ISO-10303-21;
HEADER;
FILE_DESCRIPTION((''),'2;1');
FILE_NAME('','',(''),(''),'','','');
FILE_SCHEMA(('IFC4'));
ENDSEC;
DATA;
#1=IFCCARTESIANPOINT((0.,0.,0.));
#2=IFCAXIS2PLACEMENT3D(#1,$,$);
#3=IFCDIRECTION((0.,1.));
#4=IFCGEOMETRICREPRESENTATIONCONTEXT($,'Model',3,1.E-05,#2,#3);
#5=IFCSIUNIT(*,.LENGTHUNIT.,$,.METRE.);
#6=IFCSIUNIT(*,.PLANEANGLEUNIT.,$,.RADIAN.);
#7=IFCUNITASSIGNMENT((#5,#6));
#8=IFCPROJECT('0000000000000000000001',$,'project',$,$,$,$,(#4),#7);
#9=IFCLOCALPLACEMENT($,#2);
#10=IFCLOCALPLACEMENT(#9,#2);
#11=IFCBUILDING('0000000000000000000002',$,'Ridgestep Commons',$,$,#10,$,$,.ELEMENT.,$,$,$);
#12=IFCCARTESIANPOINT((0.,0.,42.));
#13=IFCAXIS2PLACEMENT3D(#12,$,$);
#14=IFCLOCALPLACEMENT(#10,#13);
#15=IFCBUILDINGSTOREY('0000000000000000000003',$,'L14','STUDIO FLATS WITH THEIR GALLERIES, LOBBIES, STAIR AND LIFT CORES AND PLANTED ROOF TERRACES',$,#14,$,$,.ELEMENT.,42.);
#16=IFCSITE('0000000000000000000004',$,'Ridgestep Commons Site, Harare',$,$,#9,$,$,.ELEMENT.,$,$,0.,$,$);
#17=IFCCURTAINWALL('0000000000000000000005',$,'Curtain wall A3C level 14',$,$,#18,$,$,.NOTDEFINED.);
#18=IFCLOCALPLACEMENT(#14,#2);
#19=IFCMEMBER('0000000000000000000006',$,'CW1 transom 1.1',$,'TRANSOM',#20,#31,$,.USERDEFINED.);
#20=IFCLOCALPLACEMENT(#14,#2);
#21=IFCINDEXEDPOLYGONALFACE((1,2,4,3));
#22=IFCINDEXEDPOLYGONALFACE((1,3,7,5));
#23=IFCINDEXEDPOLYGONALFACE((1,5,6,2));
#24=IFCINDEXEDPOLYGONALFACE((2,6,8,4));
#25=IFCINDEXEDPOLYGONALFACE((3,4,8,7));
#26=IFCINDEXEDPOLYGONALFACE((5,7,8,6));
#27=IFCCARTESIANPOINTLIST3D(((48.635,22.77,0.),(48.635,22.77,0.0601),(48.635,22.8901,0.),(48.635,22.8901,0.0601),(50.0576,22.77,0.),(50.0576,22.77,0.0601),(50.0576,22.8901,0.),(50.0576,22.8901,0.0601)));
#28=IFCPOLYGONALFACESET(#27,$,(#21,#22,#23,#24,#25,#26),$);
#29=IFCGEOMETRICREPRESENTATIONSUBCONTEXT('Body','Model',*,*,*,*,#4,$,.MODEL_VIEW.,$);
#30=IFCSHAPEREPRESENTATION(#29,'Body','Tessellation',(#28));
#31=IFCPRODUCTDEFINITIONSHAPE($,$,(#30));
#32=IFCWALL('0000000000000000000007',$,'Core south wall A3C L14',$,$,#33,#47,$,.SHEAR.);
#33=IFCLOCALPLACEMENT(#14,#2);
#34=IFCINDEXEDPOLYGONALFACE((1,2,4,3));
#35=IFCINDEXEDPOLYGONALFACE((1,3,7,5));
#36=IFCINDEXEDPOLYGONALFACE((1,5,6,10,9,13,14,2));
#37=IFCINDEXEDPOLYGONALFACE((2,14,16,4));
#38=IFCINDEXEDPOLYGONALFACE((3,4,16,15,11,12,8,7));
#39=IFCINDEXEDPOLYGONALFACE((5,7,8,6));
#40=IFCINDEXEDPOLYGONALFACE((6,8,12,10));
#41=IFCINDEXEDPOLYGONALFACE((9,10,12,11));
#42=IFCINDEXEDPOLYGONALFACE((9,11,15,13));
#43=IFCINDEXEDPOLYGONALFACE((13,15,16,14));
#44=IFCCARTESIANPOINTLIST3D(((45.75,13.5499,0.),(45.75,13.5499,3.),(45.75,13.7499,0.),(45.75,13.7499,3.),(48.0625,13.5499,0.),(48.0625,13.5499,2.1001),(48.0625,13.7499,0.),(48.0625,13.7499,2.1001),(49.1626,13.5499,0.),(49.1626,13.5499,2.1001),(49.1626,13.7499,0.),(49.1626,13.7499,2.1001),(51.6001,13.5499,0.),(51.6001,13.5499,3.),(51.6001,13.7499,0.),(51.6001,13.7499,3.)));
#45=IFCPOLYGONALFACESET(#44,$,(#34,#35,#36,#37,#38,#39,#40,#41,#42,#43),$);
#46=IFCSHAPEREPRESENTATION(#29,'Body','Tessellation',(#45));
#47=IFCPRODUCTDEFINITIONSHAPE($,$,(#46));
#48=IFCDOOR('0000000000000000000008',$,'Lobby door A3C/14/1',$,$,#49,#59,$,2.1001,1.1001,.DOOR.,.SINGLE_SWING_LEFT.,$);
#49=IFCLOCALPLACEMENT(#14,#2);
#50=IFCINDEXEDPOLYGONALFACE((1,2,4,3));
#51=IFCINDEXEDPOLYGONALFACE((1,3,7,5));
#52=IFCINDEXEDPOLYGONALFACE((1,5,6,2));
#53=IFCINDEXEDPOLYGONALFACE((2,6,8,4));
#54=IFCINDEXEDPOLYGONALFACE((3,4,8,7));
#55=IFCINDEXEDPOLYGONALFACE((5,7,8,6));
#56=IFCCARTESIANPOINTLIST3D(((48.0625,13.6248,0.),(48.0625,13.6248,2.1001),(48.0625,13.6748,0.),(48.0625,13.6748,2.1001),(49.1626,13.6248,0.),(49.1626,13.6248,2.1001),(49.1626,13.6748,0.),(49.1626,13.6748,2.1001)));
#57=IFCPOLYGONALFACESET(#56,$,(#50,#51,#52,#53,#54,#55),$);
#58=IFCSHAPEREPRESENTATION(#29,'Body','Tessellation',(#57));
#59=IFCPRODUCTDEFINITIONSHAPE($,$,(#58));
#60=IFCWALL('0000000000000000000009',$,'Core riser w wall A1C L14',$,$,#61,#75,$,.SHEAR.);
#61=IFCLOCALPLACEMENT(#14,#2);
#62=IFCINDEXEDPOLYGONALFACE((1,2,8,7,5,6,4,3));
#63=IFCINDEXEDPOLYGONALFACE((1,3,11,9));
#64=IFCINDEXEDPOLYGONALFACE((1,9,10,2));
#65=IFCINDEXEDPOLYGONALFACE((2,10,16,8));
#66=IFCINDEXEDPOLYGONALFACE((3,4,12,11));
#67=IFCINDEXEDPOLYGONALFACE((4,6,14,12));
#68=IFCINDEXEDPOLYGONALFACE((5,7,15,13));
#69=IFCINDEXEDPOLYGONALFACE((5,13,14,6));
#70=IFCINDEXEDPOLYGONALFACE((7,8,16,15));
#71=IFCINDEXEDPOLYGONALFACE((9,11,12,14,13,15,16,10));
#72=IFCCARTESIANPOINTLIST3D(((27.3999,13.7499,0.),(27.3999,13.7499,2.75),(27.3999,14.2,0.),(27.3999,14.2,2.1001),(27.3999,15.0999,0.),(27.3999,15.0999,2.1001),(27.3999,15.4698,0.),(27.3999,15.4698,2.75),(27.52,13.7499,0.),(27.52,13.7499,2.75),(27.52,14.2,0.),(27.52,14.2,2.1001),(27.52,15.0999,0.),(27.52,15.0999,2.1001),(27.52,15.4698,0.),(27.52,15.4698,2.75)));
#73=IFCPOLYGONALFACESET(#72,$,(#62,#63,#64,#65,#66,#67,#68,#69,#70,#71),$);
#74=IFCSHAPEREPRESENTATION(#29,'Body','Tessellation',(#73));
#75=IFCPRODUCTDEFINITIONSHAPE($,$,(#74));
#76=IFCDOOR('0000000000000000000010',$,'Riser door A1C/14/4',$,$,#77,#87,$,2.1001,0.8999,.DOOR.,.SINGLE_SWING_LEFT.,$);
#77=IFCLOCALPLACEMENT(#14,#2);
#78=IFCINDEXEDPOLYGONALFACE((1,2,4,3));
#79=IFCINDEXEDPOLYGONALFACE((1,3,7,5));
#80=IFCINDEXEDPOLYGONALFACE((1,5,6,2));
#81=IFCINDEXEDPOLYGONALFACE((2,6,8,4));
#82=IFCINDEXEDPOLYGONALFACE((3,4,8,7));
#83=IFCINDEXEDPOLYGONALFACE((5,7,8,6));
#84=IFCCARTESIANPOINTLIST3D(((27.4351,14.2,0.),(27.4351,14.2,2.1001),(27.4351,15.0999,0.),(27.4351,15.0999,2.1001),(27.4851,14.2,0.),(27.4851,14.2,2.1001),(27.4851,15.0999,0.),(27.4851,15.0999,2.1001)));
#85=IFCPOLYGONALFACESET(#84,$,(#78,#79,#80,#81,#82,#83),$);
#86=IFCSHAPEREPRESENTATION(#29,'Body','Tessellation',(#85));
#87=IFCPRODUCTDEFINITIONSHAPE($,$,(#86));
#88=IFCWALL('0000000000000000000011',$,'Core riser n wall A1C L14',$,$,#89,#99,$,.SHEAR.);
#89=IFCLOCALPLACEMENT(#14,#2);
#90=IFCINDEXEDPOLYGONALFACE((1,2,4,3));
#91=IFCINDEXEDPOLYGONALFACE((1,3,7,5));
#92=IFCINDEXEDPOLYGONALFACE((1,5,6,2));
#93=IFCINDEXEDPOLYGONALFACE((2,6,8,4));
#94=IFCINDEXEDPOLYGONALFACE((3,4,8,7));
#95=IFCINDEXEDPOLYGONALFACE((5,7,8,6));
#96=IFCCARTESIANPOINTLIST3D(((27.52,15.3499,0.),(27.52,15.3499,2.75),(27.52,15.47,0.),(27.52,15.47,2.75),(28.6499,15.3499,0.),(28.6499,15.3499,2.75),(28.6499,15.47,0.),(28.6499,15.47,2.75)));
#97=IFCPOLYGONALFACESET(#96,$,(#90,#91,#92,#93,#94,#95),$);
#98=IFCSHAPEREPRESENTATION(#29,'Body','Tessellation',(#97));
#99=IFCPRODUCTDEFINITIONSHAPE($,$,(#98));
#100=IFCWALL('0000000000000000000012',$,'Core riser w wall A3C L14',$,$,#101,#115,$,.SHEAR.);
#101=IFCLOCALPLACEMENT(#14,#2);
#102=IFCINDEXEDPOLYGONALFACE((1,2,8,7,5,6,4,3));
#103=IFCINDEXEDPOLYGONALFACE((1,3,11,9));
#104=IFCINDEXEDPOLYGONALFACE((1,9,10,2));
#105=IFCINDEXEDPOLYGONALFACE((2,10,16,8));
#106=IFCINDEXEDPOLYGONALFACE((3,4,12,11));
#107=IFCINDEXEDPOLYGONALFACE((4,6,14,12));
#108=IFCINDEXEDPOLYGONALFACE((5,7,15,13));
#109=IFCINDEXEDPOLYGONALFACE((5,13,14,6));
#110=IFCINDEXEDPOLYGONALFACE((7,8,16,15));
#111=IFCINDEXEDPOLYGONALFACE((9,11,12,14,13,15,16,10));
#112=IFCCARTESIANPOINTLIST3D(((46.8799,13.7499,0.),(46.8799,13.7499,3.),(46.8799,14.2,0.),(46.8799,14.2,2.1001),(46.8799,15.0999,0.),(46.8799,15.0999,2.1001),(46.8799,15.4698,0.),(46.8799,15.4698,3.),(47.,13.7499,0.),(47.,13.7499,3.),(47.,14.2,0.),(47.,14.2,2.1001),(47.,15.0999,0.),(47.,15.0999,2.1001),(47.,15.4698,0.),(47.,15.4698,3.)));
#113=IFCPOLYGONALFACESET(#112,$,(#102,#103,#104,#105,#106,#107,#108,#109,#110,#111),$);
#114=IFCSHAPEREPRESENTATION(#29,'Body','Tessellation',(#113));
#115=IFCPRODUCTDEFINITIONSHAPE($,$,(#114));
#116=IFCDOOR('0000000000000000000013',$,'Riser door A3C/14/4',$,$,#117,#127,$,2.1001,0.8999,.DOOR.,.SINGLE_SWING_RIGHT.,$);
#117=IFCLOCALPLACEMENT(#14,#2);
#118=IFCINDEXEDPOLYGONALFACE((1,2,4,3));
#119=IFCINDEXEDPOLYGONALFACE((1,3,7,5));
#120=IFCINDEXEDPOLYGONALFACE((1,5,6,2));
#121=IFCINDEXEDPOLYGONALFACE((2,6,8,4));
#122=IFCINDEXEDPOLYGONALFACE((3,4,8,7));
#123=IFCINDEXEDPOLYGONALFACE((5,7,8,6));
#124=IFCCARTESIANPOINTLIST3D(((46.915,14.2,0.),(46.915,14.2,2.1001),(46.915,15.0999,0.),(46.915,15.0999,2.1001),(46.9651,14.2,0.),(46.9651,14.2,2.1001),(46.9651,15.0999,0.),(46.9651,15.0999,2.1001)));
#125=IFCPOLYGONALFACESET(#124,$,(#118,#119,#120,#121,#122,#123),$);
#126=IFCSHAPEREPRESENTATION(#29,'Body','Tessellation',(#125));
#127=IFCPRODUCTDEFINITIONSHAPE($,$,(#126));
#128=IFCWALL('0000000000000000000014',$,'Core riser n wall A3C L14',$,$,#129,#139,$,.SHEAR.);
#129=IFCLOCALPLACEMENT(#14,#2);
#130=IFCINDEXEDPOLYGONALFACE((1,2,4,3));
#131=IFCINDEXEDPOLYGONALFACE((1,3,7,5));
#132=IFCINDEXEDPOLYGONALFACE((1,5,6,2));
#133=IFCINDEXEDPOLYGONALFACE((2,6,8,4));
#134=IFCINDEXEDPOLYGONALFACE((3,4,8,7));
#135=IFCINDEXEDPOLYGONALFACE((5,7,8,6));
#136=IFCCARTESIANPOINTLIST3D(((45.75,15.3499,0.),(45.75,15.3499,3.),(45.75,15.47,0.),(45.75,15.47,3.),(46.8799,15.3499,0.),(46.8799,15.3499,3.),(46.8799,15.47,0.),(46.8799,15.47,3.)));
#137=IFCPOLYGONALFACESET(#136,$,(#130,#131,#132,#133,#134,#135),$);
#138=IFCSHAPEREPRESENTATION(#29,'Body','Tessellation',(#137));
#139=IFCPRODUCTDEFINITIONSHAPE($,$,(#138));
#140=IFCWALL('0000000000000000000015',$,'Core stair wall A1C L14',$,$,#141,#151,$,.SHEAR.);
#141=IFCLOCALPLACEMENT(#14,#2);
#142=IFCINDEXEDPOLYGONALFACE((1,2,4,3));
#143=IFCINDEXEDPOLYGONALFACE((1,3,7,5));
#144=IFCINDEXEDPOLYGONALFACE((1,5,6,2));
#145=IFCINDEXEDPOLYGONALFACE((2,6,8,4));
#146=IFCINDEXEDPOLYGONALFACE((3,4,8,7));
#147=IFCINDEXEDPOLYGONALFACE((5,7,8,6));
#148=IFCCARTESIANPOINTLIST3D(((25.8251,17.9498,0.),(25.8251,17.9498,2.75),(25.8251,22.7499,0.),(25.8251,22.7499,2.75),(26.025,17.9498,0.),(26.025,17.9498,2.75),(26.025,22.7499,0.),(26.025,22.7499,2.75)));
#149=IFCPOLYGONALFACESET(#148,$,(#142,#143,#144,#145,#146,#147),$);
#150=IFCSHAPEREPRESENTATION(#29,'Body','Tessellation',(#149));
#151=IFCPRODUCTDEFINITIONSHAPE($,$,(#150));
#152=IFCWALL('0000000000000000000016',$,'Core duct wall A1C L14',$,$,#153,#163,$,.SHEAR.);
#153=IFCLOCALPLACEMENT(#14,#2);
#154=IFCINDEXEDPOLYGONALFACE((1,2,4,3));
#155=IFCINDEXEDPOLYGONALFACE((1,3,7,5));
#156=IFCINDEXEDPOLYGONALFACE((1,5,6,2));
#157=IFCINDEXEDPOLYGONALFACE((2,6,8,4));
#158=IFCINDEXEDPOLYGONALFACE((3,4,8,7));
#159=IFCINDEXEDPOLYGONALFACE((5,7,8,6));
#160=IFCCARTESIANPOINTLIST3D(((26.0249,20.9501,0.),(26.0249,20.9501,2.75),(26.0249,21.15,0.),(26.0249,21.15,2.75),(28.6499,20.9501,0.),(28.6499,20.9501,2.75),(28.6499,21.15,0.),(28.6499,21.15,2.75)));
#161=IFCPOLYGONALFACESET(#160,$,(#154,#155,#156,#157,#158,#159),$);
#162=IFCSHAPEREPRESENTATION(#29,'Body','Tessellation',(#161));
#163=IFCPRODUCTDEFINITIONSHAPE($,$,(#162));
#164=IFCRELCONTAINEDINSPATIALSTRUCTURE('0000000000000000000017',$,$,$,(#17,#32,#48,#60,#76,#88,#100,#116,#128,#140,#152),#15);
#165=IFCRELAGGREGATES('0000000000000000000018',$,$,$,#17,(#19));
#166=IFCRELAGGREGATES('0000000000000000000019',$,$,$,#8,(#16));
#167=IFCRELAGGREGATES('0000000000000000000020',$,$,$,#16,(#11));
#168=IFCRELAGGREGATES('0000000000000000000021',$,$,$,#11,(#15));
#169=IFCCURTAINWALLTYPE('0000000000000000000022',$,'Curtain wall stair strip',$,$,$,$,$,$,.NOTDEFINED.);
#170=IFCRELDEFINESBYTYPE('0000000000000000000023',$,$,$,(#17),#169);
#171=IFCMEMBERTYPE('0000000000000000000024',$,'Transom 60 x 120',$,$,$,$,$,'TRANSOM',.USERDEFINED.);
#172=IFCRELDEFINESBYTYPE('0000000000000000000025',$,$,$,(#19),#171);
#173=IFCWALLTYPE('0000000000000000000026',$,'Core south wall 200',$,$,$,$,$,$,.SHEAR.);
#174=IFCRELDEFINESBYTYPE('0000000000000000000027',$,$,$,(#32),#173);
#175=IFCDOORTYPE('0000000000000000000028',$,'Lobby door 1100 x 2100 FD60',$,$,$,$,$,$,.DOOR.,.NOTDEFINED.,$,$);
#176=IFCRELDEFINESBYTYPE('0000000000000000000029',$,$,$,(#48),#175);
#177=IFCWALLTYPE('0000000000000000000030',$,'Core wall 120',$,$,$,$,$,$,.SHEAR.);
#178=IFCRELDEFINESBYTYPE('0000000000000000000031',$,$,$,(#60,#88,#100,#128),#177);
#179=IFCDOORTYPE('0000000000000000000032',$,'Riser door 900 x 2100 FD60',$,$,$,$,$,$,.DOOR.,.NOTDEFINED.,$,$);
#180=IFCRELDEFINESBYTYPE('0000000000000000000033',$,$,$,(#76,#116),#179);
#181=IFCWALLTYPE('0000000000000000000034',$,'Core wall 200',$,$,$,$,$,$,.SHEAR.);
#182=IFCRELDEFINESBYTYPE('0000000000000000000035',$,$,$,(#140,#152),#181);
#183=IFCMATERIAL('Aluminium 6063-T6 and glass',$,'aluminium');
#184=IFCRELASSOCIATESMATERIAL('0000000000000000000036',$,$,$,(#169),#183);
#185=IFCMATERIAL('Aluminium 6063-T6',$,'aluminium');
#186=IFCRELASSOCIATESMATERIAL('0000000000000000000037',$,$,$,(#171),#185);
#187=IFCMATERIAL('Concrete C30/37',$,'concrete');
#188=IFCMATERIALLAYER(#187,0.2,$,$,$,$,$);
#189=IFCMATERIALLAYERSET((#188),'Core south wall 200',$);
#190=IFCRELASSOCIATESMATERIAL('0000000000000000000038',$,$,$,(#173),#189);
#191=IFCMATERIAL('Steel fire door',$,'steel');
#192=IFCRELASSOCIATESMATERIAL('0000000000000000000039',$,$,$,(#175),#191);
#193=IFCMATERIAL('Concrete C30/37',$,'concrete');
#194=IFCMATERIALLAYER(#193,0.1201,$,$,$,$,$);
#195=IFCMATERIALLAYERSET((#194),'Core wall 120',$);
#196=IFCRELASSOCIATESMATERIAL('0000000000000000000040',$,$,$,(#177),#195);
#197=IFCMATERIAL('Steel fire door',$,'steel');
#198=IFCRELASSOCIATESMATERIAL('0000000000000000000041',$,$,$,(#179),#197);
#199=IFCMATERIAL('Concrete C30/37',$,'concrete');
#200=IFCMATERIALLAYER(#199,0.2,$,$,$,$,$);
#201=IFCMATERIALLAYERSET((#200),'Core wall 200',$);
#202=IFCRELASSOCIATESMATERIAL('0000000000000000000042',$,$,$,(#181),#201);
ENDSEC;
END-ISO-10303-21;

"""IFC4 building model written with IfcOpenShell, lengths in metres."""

from ifc_helpers import new_model, si_unit, direction, frame, frame_2d, origin, origin_2d, place, context, subcontext, project, spatial, rectangle, extrude, material, layer, layer_set, material_profile, profile_set, type_object, element, fill, aggregate, save


model = new_model("IFC4")

# Units and contexts
model_context = context("Model", 3, precision=1e-05, world=origin(), true_north=direction((0.0, 1.0)))
body_context = subcontext(model_context, "Body", "Model", "MODEL_VIEW")
ifc_project = project(units=[si_unit("LENGTHUNIT", "METRE"), si_unit("PLANEANGLEUNIT", "RADIAN")], contexts=[model_context])

# Site, building, storey
site_placement = place(None, origin())
site = spatial("IfcSite", under=ifc_project, at=site_placement, Name="Ridgestep Commons Site, Harare", CompositionType="ELEMENT", RefElevation=0.0)
building_placement = place(site_placement, origin())
building = spatial("IfcBuilding", under=site, at=building_placement, Name="Ridgestep Commons", CompositionType="ELEMENT")
storey_placement = place(building_placement, frame((0.0, 0.0, 42.0)))
storey = spatial("IfcBuildingStorey", under=building, at=storey_placement, Name="L14", Description="STUDIO FLATS WITH THEIR GALLERIES, LOBBIES, STAIR AND LIFT CORES AND PLANTED ROOF TERRACES", CompositionType="ELEMENT", Elevation=42.0)

# Curtain wall, member
ifc_material_1 = material(Name="Aluminium 6063-T6 and glass", Category="aluminium")
curtain_wall_type = type_object("IfcCurtainWallType", Name="Curtain wall stair strip", PredefinedType="NOTDEFINED", material=ifc_material_1)
curtain_wall_placement = place(storey_placement, origin())
curtain_wall = element("IfcCurtainWall", 1, at=curtain_wall_placement, inside=storey, type_object=curtain_wall_type, Name="Curtain wall A3C level 14", PredefinedType="NOTDEFINED")
ifc_material_2 = material(Name="Aluminium 6063-T6", Category="aluminium")
ifc_material_profile_1 = material_profile(ifc_material_2, rectangle(XDim=0.1201, YDim=0.0601, at=origin_2d()), Name="Transom 60 x 120")
ifc_profile_set_1 = profile_set([ifc_material_profile_1], Name="Aluminium 6063-T6")
member_type_1 = type_object("IfcMemberType", Name="Transom 60 x 120", ElementType="TRANSOM", PredefinedType="USERDEFINED", material=ifc_profile_set_1)
member_1_placement = place(storey_placement, frame((48.635, 22.8301, 0.03), z_axis=(1.0, 0.0, 0.0), x_axis=(0.0, 1.0, 0.0)))
member_1 = element("IfcMember", 2, at=member_1_placement, type_object=member_type_1, Name="CW1 transom 1.1", ObjectType="TRANSOM", PredefinedType="USERDEFINED", context=body_context, shape_type="SweptSolid", body=[
    extrude(rectangle(XDim=0.1201, YDim=0.0601, at=origin_2d()), origin(), (0.0, 0.0, 1.0), 1.4226),
])
aggregate(curtain_wall, [member_1])

# Walls, openings, doors
ifc_material_3 = material(Name="Concrete C30/37", Category="concrete")
ifc_layer_1 = layer(ifc_material_3, 0.2)
ifc_layer_set_1 = layer_set([ifc_layer_1], Name="Core south wall 200")
wall_type_1 = type_object("IfcWallType", Name="Core south wall 200", PredefinedType="SHEAR", material=ifc_layer_set_1)
wall_1_placement = place(storey_placement, frame((45.75, 13.6499, 0.0), z_axis=(0.0, 0.0, 1.0), x_axis=(1.0, 0.0, 0.0)))
wall_1 = element("IfcWall", 3, at=wall_1_placement, inside=storey, type_object=wall_type_1, Name="Core south wall A3C L14", PredefinedType="SHEAR", context=body_context, shape_type="SweptSolid", body=[
    extrude(rectangle(XDim=5.8501, YDim=0.2, at=frame_2d((2.925, 0.0))), origin(), (0.0, 0.0, 1.0), 3.0),
])
opening_1_placement = place(wall_1_placement, frame((2.3125, 0.0, 0.0)))
opening_1 = element("IfcOpeningElement", 4, at=opening_1_placement, cuts=wall_1, PredefinedType="OPENING", context=body_context, shape_type="SweptSolid", body=[
    extrude(rectangle(XDim=1.1001, YDim=2.1001, at=frame_2d((0.55, 1.05))), frame((0.0, 0.1099, 0.0), z_axis=(0.0, -1.0, 0.0), x_axis=(1.0, 0.0, 0.0)), (0.0, 0.0, 1.0), 0.22),
])
ifc_material_4 = material(Name="Steel fire door", Category="steel")
door_type_1 = type_object("IfcDoorType", Name="Lobby door 1100 x 2100 FD60", OperationType="NOTDEFINED", PredefinedType="DOOR", material=ifc_material_4)
door_1_placement = place(opening_1_placement, origin())
door_1 = element("IfcDoor", 5, at=door_1_placement, inside=storey, type_object=door_type_1, Name="Lobby door A3C/14/1", OperationType="SINGLE_SWING_LEFT", OverallHeight=2.1001, OverallWidth=1.1001, PredefinedType="DOOR", context=body_context, shape_type="SweptSolid", body=[
    extrude(rectangle(XDim=1.1001, YDim=2.1001, at=frame_2d((0.55, 1.05))), frame((0.0, 0.0249, 0.0), z_axis=(0.0, -1.0, 0.0), x_axis=(1.0, 0.0, 0.0)), (0.0, 0.0, 1.0), 0.05),
])
fill(opening_1, door_1)
ifc_material_5 = material(Name="Concrete C30/37", Category="concrete")
ifc_layer_2 = layer(ifc_material_5, 0.1201)
ifc_layer_set_2 = layer_set([ifc_layer_2], Name="Core wall 120")
wall_type_2 = type_object("IfcWallType", Name="Core wall 120", PredefinedType="SHEAR", material=ifc_layer_set_2)
wall_2_placement = place(storey_placement, frame((27.46, 13.75, 0.0), z_axis=(0.0, 0.0, 1.0), x_axis=(0.0, 1.0, 0.0)))
wall_2 = element("IfcWall", 6, at=wall_2_placement, inside=storey, type_object=wall_type_2, Name="Core riser w wall A1C L14", PredefinedType="SHEAR", context=body_context, shape_type="SweptSolid", body=[
    extrude(rectangle(XDim=1.72, YDim=0.1201, at=frame_2d((0.8599, 0.0))), origin(), (0.0, 0.0, 1.0), 2.75),
])
opening_2_placement = place(wall_2_placement, frame((0.45, 0.0, 0.0)))
opening_2 = element("IfcOpeningElement", 7, at=opening_2_placement, cuts=wall_2, PredefinedType="OPENING", context=body_context, shape_type="SweptSolid", body=[
    extrude(rectangle(XDim=0.8999, YDim=2.1001, at=frame_2d((0.45, 1.05))), frame((0.0, 0.0701, 0.0), z_axis=(0.0, -1.0, 0.0), x_axis=(1.0, 0.0, 0.0)), (0.0, 0.0, 1.0), 0.1401),
])
ifc_material_6 = material(Name="Steel fire door", Category="steel")
door_type_2 = type_object("IfcDoorType", Name="Riser door 900 x 2100 FD60", OperationType="NOTDEFINED", PredefinedType="DOOR", material=ifc_material_6)
door_2_placement = place(opening_2_placement, origin())
door_2 = element("IfcDoor", 8, at=door_2_placement, inside=storey, type_object=door_type_2, Name="Riser door A1C/14/4", OperationType="SINGLE_SWING_LEFT", OverallHeight=2.1001, OverallWidth=0.8999, PredefinedType="DOOR", context=body_context, shape_type="SweptSolid", body=[
    extrude(rectangle(XDim=0.8999, YDim=2.1001, at=frame_2d((0.45, 1.05))), frame((0.0, 0.0249, 0.0), z_axis=(0.0, -1.0, 0.0), x_axis=(1.0, 0.0, 0.0)), (0.0, 0.0, 1.0), 0.05),
])
fill(opening_2, door_2)

# Wall
wall_3_placement = place(storey_placement, frame((27.52, 15.4099, 0.0), z_axis=(0.0, 0.0, 1.0), x_axis=(1.0, 0.0, 0.0)))
element("IfcWall", 9, at=wall_3_placement, inside=storey, type_object=wall_type_2, Name="Core riser n wall A1C L14", PredefinedType="SHEAR", context=body_context, shape_type="SweptSolid", body=[
    extrude(rectangle(XDim=1.1299, YDim=0.1201, at=frame_2d((0.5649, 0.0))), origin(), (0.0, 0.0, 1.0), 2.75),
])

# Wall, opening, door
wall_4_placement = place(storey_placement, frame((46.9399, 13.75, 0.0), z_axis=(0.0, 0.0, 1.0), x_axis=(0.0, 1.0, 0.0)))
wall_4 = element("IfcWall", 10, at=wall_4_placement, inside=storey, type_object=wall_type_2, Name="Core riser w wall A3C L14", PredefinedType="SHEAR", context=body_context, shape_type="SweptSolid", body=[
    extrude(rectangle(XDim=1.72, YDim=0.1201, at=frame_2d((0.8599, 0.0))), origin(), (0.0, 0.0, 1.0), 3.0),
])
opening_3_placement = place(wall_4_placement, frame((0.45, 0.0, 0.0)))
opening_3 = element("IfcOpeningElement", 11, at=opening_3_placement, cuts=wall_4, PredefinedType="OPENING", context=body_context, shape_type="SweptSolid", body=[
    extrude(rectangle(XDim=0.8999, YDim=2.1001, at=frame_2d((0.45, 1.05))), frame((0.0, 0.0701, 0.0), z_axis=(0.0, -1.0, 0.0), x_axis=(1.0, 0.0, 0.0)), (0.0, 0.0, 1.0), 0.1401),
])
door_3_placement = place(opening_3_placement, origin())
door_3 = element("IfcDoor", 12, at=door_3_placement, inside=storey, type_object=door_type_2, Name="Riser door A3C/14/4", OperationType="SINGLE_SWING_RIGHT", OverallHeight=2.1001, OverallWidth=0.8999, PredefinedType="DOOR", context=body_context, shape_type="SweptSolid", body=[
    extrude(rectangle(XDim=0.8999, YDim=2.1001, at=frame_2d((0.45, 1.05))), frame((0.0, 0.0249, 0.0), z_axis=(0.0, -1.0, 0.0), x_axis=(1.0, 0.0, 0.0)), (0.0, 0.0, 1.0), 0.05),
])
fill(opening_3, door_3)

# Walls
wall_5_placement = place(storey_placement, frame((45.75, 15.4099, 0.0), z_axis=(0.0, 0.0, 1.0), x_axis=(1.0, 0.0, 0.0)))
element("IfcWall", 13, at=wall_5_placement, inside=storey, type_object=wall_type_2, Name="Core riser n wall A3C L14", PredefinedType="SHEAR", context=body_context, shape_type="SweptSolid", body=[
    extrude(rectangle(XDim=1.1299, YDim=0.1201, at=frame_2d((0.5649, 0.0))), origin(), (0.0, 0.0, 1.0), 3.0),
])
ifc_material_7 = material(Name="Concrete C30/37", Category="concrete")
ifc_layer_3 = layer(ifc_material_7, 0.2)
ifc_layer_set_3 = layer_set([ifc_layer_3], Name="Core wall 200")
wall_type_3 = type_object("IfcWallType", Name="Core wall 200", PredefinedType="SHEAR", material=ifc_layer_set_3)
wall_6_placement = place(storey_placement, frame((25.925, 17.95, 0.0), z_axis=(0.0, 0.0, 1.0), x_axis=(0.0, 1.0, 0.0)))
element("IfcWall", 14, at=wall_6_placement, inside=storey, type_object=wall_type_3, Name="Core stair wall A1C L14", PredefinedType="SHEAR", context=body_context, shape_type="SweptSolid", body=[
    extrude(rectangle(XDim=4.8, YDim=0.2, at=frame_2d((2.3999, 0.0))), origin(), (0.0, 0.0, 1.0), 2.75),
])
wall_7_placement = place(storey_placement, frame((26.0249, 21.05, 0.0), z_axis=(0.0, 0.0, 1.0), x_axis=(1.0, 0.0, 0.0)))
element("IfcWall", 15, at=wall_7_placement, inside=storey, type_object=wall_type_3, Name="Core duct wall A1C L14", PredefinedType="SHEAR", context=body_context, shape_type="SweptSolid", body=[
    extrude(rectangle(XDim=2.625, YDim=0.2, at=frame_2d((1.3125, 0.0))), origin(), (0.0, 0.0, 1.0), 2.75),
])

save(model, "model.ifc")
